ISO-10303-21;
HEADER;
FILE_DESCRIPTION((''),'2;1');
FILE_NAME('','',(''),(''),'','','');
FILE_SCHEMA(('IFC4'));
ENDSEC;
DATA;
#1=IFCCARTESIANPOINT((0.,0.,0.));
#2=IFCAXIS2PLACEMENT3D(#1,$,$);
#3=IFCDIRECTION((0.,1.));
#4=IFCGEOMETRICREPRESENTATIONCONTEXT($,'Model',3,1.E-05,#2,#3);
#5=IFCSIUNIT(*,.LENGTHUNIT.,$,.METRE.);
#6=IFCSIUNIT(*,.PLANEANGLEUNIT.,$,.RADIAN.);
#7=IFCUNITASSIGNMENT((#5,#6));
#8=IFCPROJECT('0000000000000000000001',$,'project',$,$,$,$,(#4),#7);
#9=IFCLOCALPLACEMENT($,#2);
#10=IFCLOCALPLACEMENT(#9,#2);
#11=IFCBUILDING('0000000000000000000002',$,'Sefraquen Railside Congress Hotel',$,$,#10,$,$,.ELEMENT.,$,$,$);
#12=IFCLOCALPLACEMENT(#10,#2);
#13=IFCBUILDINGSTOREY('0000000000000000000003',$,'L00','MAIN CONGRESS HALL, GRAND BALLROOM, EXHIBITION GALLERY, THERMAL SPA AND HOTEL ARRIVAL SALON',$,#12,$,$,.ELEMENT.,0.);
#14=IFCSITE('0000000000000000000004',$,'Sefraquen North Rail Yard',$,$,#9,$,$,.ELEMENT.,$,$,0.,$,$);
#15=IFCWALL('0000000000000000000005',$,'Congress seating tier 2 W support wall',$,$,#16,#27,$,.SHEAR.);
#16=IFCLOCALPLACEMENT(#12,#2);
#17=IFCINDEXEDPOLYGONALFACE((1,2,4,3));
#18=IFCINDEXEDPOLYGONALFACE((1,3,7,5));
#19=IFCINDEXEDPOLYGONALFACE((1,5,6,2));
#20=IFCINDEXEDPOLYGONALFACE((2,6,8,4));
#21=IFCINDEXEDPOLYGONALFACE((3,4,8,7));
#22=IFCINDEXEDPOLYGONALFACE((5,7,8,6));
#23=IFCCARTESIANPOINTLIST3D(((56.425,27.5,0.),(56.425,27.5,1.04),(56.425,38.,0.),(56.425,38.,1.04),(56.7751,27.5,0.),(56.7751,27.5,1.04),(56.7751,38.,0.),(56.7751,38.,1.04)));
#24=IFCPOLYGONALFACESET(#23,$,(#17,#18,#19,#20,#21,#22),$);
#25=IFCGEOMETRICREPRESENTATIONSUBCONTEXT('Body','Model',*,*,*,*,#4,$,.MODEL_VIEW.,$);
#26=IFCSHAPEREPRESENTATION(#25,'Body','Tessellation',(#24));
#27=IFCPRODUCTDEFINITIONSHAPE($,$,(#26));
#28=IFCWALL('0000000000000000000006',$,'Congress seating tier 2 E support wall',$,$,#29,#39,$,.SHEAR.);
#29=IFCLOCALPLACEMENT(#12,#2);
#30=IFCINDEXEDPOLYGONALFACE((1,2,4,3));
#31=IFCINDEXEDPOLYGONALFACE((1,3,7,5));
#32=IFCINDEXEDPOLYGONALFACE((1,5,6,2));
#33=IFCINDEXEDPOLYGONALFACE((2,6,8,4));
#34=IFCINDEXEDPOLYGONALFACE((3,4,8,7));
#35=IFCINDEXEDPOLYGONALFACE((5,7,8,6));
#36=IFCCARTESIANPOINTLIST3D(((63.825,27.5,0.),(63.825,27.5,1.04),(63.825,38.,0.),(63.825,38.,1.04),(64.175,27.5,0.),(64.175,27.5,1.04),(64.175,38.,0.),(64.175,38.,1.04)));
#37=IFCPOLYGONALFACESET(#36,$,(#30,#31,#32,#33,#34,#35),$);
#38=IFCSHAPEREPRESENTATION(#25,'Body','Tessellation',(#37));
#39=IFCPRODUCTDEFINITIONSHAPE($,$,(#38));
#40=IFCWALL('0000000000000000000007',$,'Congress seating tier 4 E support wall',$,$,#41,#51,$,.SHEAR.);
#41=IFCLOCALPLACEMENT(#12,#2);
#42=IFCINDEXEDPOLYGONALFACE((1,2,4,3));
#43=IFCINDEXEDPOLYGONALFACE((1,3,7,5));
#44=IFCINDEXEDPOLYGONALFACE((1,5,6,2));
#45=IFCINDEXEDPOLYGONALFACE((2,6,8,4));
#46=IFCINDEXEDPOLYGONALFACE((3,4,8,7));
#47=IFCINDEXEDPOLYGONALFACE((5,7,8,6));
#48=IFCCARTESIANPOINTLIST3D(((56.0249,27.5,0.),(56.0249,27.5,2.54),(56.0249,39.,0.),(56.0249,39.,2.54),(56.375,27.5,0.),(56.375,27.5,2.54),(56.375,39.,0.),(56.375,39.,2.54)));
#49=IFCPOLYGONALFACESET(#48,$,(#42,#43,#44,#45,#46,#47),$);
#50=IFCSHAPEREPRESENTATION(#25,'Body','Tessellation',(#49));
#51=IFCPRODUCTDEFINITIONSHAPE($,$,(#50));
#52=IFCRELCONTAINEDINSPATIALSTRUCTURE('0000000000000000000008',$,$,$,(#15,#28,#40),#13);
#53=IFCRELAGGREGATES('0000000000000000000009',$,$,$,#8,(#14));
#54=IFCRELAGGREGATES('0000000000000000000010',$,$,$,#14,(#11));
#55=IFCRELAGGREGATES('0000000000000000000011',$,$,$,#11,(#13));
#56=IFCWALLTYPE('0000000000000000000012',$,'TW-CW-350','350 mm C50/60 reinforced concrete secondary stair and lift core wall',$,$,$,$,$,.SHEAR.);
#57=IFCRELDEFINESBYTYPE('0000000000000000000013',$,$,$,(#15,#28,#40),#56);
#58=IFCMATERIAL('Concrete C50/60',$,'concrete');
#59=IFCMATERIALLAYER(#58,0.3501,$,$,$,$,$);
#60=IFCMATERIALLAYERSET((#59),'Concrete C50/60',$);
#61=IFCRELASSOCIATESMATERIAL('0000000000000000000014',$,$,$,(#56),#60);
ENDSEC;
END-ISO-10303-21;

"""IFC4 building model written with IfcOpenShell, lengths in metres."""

from ifc_helpers import new_model, si_unit, direction, frame, frame_2d, origin, place, context, subcontext, project, spatial, rectangle, extrude, material, layer, layer_set, type_object, element, save


model = new_model("IFC4")

# Units and contexts
model_context = context("Model", 3, precision=1e-05, world=origin(), true_north=direction((0.0, 1.0)))
body_context = subcontext(model_context, "Body", "Model", "MODEL_VIEW")
ifc_project = project(units=[si_unit("LENGTHUNIT", "METRE"), si_unit("PLANEANGLEUNIT", "RADIAN")], contexts=[model_context])

# Site, building, storey
site_placement = place(None, origin())
site = spatial("IfcSite", under=ifc_project, at=site_placement, Name="Sefraquen North Rail Yard", CompositionType="ELEMENT", RefElevation=0.0)
building_placement = place(site_placement, origin())
building = spatial("IfcBuilding", under=site, at=building_placement, Name="Sefraquen Railside Congress Hotel", CompositionType="ELEMENT")
storey_placement = place(building_placement, origin())
storey = spatial("IfcBuildingStorey", under=building, at=storey_placement, Name="L00", Description="MAIN CONGRESS HALL, GRAND BALLROOM, EXHIBITION GALLERY, THERMAL SPA AND HOTEL ARRIVAL SALON", CompositionType="ELEMENT", Elevation=0.0)

# Walls
ifc_material_1 = material(Name="Concrete C50/60", Category="concrete")
ifc_layer_1 = layer(ifc_material_1, 0.3501)
ifc_layer_set_1 = layer_set([ifc_layer_1], Name="Concrete C50/60")
wall_type = type_object("IfcWallType", Name="TW-CW-350", Description="350 mm C50/60 reinforced concrete secondary stair and lift core wall", PredefinedType="SHEAR", material=ifc_layer_set_1)
for number, where, z_axis, x_axis, name in (
    (1, (56.6001, 27.5, 0.0), (0.0, 0.0, 1.0), (0.0, 1.0, 0.0), "Congress seating tier 2 W support wall"),
    (2, (64.0, 27.5, 0.0), (0.0, 0.0, 1.0), (0.0, 1.0, 0.0), "Congress seating tier 2 E support wall"),
):
    element("IfcWall", number, at=place(storey_placement, frame(where, z_axis=z_axis, x_axis=x_axis)), inside=storey, type_object=wall_type, Name=name, PredefinedType="SHEAR", context=body_context, shape_type="SweptSolid", body=[
        extrude(rectangle(XDim=10.5, YDim=0.3501, at=frame_2d((5.25, 0.0))), origin(), (0.0, 0.0, 1.0), 1.04),
    ])
wall_placement = place(storey_placement, frame((56.2, 27.5, 0.0), z_axis=(0.0, 0.0, 1.0), x_axis=(0.0, 1.0, 0.0)))
element("IfcWall", 3, at=wall_placement, inside=storey, type_object=wall_type, Name="Congress seating tier 4 E support wall", PredefinedType="SHEAR", context=body_context, shape_type="SweptSolid", body=[
    extrude(rectangle(XDim=11.5, YDim=0.3501, at=frame_2d((5.75, 0.0))), origin(), (0.0, 0.0, 1.0), 2.54),
])

save(model, "model.ifc")
